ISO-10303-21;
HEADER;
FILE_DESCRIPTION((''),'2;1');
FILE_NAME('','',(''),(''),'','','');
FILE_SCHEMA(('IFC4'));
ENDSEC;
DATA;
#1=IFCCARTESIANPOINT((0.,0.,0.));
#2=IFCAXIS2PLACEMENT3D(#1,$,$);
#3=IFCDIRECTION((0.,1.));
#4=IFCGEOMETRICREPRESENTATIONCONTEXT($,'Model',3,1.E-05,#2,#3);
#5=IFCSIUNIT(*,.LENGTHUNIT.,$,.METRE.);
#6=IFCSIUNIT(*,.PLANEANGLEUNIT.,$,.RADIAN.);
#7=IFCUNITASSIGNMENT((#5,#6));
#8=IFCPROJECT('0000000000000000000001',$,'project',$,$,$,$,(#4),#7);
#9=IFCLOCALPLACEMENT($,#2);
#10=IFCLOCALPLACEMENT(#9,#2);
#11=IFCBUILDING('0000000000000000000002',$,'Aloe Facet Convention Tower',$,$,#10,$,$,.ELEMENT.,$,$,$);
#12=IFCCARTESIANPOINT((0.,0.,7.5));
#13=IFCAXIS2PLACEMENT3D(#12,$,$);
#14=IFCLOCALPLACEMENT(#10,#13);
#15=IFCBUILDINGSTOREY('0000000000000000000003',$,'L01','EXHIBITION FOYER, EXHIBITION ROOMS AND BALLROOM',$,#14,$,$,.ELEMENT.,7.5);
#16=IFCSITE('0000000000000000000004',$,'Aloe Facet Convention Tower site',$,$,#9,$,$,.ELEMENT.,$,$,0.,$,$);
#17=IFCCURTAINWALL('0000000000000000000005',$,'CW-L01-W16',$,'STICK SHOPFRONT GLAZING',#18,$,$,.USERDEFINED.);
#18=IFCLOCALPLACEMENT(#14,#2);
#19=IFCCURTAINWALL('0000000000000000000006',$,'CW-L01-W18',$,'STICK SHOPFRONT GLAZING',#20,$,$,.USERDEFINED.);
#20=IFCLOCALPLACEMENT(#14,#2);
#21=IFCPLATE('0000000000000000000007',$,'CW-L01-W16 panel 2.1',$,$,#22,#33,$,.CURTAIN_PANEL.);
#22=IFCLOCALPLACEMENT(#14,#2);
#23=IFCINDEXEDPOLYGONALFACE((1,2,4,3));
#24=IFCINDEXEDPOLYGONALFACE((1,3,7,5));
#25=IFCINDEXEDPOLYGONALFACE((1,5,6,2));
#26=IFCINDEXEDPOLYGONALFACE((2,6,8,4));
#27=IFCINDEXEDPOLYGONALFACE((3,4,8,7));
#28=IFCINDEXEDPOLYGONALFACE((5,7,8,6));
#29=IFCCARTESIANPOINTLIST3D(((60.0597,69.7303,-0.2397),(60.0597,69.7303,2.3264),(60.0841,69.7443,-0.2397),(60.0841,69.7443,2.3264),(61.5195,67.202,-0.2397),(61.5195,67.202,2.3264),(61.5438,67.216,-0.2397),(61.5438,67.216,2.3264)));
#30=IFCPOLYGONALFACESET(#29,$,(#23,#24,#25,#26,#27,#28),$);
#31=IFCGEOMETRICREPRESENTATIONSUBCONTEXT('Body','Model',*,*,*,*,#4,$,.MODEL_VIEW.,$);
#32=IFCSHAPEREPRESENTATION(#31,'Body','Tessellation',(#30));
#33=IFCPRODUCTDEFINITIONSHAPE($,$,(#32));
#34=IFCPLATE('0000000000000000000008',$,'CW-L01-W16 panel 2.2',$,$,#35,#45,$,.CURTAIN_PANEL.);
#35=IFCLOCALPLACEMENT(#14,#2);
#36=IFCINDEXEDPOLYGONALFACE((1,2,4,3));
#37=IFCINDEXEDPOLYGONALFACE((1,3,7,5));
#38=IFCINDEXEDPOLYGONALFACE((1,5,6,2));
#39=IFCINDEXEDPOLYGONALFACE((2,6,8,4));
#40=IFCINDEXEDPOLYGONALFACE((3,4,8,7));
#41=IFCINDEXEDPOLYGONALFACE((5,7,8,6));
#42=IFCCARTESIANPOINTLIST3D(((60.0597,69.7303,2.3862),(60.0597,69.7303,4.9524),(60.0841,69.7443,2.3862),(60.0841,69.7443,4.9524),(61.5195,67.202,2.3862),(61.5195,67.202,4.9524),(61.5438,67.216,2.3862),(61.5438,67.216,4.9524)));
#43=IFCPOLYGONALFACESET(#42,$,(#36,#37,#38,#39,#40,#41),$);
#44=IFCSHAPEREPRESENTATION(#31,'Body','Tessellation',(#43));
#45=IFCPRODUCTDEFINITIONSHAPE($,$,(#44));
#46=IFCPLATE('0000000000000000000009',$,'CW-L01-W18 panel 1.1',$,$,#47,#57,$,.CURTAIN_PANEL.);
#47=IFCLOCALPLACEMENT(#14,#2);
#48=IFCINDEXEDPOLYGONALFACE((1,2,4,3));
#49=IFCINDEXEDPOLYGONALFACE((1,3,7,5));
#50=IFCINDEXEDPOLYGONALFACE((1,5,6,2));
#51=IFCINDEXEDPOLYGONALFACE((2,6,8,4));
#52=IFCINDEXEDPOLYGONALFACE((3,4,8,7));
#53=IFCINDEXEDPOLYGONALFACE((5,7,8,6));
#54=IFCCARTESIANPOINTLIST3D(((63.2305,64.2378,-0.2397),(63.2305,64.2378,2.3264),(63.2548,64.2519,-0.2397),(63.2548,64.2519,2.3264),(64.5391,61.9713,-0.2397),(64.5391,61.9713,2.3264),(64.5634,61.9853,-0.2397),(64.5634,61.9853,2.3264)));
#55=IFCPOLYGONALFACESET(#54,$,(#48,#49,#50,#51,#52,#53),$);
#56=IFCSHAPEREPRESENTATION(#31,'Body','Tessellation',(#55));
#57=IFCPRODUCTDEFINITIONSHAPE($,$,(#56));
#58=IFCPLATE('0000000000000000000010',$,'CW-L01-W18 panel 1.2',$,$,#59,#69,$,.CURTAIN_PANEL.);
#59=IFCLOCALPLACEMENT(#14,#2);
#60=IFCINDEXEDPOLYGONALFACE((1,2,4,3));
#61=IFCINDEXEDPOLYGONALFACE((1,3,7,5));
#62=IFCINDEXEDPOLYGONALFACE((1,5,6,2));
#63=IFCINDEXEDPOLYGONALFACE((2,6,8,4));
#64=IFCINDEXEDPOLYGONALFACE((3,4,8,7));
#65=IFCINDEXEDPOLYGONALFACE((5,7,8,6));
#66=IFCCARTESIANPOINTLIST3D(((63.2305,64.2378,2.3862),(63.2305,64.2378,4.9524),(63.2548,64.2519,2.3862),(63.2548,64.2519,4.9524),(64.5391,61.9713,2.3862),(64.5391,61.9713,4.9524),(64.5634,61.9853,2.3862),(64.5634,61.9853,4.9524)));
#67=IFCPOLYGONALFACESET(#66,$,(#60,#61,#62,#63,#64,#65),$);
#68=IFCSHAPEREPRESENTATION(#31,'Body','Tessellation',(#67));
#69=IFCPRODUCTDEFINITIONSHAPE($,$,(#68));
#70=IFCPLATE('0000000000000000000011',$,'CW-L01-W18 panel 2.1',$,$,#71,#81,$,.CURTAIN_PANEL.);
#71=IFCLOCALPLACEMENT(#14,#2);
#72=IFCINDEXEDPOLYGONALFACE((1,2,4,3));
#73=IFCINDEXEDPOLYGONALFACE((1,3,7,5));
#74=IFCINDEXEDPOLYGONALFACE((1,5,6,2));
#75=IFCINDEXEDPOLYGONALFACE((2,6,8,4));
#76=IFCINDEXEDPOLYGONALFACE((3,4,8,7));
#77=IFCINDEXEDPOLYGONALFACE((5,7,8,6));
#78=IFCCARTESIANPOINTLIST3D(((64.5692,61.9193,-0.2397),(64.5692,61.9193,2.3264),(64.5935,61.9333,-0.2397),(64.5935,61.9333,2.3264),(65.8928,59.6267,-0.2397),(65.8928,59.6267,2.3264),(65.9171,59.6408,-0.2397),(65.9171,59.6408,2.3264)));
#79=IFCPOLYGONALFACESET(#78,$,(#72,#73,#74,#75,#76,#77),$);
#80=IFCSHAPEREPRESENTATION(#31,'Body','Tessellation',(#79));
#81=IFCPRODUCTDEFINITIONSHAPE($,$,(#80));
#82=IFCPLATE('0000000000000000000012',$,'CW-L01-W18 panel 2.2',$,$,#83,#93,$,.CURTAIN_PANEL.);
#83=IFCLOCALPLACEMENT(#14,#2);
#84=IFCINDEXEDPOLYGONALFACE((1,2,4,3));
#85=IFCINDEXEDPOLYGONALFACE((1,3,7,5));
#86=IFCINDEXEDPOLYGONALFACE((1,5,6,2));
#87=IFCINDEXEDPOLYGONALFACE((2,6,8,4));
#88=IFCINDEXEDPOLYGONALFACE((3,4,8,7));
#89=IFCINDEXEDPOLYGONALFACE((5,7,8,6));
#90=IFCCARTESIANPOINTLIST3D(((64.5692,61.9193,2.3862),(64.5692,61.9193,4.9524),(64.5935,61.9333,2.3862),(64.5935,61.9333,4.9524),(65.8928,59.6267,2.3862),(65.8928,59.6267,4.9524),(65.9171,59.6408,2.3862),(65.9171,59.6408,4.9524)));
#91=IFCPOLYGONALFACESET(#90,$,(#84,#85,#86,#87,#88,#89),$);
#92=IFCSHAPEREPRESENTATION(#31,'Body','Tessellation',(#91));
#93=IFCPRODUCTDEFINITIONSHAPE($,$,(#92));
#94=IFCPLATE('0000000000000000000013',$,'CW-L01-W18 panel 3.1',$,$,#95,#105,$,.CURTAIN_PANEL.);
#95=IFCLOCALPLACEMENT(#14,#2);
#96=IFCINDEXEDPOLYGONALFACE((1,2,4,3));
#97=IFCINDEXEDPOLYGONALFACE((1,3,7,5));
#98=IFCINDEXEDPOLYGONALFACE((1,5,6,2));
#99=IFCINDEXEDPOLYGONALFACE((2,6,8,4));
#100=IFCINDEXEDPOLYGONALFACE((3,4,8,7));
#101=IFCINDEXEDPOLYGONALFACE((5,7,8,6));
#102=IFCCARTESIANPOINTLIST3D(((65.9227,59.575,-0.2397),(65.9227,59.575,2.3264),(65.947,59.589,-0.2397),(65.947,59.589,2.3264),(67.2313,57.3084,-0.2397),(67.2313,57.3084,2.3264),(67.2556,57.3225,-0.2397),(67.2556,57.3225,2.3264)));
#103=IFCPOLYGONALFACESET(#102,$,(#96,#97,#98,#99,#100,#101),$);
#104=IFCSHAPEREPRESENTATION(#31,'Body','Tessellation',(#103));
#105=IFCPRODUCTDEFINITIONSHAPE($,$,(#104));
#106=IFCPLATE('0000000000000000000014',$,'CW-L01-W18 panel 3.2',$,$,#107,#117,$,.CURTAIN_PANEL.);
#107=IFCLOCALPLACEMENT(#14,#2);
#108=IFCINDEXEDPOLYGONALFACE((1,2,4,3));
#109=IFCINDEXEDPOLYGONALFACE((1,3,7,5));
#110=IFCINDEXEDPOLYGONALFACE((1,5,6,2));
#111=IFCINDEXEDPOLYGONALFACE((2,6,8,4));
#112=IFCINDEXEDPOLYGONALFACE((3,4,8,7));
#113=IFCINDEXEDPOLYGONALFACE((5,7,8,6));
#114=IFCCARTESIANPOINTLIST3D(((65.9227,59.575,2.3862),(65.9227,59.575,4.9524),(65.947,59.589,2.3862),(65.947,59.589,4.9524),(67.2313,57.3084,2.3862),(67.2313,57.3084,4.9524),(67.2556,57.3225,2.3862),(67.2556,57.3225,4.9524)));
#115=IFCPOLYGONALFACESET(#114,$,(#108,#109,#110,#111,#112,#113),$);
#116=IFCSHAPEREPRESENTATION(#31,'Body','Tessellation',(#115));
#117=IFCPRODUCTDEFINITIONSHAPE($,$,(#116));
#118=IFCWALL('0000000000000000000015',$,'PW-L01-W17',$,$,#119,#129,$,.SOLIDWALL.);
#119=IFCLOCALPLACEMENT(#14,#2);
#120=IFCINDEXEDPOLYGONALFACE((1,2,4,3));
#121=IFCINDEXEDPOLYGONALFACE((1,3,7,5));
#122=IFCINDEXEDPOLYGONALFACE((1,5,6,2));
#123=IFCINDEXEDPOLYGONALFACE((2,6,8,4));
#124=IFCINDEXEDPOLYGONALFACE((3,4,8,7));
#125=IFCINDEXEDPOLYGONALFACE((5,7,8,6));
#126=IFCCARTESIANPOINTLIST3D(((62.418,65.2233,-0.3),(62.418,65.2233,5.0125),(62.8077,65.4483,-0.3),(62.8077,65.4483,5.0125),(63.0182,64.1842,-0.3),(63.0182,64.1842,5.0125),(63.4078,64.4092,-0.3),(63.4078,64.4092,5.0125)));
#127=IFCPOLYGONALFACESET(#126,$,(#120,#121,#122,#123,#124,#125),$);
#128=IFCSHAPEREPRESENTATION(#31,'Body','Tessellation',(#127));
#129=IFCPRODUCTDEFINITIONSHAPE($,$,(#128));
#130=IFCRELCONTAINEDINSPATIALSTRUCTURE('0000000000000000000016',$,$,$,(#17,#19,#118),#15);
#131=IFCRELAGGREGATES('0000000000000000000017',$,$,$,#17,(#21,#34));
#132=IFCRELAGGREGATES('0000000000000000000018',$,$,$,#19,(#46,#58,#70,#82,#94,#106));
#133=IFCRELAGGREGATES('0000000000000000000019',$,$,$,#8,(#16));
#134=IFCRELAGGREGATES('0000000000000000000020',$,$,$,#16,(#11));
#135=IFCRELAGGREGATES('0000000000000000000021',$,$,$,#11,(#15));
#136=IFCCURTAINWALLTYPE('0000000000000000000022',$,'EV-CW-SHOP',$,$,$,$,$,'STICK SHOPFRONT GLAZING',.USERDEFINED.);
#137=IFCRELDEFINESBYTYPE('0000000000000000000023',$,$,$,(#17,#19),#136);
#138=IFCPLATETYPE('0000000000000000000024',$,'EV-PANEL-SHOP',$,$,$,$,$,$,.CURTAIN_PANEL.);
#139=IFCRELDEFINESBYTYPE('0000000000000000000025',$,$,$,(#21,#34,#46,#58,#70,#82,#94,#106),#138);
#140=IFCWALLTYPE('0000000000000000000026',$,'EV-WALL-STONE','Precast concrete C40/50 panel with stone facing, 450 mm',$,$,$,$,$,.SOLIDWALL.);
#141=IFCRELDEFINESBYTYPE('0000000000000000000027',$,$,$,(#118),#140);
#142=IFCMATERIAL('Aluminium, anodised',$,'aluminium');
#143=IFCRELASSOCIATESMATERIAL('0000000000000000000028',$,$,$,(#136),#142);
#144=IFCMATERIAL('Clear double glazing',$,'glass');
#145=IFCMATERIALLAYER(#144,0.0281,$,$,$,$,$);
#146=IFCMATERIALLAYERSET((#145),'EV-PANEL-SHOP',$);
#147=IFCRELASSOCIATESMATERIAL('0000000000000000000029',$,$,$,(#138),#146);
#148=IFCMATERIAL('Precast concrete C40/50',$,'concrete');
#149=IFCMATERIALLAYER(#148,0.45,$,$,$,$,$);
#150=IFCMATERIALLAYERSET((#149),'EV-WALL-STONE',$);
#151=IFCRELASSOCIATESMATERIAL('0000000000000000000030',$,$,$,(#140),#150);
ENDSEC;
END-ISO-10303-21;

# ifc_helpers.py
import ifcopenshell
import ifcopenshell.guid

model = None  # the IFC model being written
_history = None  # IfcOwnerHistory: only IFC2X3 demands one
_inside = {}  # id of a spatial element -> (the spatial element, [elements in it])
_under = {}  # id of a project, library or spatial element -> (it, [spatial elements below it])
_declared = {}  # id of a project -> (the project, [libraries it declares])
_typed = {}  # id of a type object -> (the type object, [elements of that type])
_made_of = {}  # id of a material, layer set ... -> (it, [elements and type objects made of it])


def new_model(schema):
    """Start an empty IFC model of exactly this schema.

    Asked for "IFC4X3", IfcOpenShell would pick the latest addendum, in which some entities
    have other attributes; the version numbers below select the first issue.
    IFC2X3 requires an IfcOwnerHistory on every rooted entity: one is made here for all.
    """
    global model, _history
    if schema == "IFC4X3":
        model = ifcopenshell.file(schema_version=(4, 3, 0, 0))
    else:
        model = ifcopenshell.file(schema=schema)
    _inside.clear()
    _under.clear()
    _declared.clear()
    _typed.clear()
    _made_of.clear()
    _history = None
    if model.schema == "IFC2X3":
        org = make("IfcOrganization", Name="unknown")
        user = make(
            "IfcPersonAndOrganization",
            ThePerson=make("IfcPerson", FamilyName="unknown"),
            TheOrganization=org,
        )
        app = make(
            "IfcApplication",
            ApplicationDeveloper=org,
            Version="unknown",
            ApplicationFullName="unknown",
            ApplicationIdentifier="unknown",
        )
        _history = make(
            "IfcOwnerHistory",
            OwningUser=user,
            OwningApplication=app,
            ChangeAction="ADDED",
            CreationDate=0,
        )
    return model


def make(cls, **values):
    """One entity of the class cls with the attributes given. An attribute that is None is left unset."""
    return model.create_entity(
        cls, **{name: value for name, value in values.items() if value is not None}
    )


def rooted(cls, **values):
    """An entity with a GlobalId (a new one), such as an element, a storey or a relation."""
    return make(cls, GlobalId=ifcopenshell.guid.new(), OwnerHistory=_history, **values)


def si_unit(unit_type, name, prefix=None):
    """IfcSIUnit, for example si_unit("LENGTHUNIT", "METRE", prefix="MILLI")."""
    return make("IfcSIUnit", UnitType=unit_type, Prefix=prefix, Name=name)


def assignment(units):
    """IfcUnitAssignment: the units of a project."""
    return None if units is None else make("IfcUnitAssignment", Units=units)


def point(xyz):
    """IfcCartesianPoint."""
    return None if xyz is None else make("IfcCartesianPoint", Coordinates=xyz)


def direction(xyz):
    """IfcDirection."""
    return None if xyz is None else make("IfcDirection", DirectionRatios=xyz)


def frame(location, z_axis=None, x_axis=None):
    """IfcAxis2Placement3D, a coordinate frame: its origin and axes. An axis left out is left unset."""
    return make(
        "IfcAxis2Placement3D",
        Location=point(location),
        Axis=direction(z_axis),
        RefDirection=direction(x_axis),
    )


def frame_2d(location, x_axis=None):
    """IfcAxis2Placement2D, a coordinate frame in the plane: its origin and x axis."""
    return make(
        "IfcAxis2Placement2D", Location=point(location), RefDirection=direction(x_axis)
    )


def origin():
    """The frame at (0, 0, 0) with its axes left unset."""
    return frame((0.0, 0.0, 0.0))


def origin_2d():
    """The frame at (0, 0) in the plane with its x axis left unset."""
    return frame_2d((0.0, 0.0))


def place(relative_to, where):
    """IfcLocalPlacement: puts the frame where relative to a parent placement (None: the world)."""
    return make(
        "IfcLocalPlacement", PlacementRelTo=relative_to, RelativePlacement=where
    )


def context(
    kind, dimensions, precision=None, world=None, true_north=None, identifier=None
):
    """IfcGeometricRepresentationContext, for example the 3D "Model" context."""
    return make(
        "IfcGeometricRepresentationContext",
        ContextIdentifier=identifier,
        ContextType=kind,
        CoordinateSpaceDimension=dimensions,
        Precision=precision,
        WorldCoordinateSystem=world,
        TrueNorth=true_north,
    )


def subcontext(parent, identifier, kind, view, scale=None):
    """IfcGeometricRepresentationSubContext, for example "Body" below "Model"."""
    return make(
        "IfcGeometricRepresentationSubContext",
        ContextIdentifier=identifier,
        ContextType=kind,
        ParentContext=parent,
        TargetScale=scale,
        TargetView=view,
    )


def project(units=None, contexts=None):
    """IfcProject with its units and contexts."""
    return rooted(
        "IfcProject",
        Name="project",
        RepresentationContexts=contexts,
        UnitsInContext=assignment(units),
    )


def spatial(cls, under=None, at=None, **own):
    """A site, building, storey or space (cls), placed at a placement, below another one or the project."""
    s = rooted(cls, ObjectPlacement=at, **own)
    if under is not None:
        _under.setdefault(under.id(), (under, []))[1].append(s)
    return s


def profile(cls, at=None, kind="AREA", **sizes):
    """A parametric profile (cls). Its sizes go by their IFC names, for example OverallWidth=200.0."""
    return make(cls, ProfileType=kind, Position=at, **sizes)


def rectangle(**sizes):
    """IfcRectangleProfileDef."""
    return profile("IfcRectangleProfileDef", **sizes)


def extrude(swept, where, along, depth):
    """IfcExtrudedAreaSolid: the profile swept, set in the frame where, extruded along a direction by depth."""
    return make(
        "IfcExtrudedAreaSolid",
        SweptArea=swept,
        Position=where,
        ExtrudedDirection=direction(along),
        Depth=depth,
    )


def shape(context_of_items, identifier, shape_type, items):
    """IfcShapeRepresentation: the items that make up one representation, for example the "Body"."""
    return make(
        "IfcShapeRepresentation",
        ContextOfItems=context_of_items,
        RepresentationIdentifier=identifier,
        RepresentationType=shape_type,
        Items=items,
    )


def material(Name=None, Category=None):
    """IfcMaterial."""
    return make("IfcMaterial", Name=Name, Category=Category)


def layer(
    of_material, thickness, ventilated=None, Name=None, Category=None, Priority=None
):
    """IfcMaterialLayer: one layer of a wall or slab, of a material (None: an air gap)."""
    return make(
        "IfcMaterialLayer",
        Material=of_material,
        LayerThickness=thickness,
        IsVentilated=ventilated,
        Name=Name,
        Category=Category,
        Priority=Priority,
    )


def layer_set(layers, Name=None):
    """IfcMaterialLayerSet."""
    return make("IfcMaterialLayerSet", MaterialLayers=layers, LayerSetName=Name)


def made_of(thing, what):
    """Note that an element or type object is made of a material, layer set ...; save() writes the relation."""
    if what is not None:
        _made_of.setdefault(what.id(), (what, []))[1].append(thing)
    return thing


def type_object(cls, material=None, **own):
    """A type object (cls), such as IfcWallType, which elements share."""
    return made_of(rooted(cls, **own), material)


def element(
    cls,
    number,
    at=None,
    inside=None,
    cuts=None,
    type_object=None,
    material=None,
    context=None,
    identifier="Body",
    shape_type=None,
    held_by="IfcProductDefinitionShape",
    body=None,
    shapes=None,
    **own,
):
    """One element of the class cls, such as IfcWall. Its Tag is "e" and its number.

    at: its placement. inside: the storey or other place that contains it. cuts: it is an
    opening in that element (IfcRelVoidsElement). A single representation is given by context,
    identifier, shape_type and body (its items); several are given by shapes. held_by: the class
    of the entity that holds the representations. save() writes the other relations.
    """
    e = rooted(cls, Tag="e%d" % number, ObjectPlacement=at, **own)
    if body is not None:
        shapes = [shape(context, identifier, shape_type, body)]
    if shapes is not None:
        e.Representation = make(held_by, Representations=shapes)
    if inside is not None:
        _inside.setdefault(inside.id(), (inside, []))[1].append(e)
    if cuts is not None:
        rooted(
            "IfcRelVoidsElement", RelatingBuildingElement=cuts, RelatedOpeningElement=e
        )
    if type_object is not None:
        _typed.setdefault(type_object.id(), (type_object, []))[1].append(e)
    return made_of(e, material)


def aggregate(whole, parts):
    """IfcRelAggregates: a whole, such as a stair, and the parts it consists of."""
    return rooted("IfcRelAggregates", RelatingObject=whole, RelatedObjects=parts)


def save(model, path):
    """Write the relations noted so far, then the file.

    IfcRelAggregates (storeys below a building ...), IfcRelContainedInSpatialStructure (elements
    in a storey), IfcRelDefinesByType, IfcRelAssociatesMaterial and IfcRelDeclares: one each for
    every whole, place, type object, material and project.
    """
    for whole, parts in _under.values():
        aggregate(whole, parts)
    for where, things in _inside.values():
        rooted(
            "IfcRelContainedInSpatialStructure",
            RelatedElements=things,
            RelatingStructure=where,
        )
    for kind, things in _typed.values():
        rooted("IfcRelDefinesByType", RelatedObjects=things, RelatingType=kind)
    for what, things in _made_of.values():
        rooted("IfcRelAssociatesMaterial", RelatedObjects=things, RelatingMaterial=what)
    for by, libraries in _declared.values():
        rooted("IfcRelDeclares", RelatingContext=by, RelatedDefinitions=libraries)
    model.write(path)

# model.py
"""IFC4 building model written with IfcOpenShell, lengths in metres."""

from ifc_helpers import new_model, si_unit, direction, frame, frame_2d, origin, origin_2d, place, context, subcontext, project, spatial, rectangle, extrude, material, layer, layer_set, type_object, element, aggregate, save


model = new_model("IFC4")

# Units and contexts
model_context = context("Model", 3, precision=1e-05, world=origin(), true_north=direction((0.0, 1.0)))
body_context = subcontext(model_context, "Body", "Model", "MODEL_VIEW")
ifc_project = project(units=[si_unit("LENGTHUNIT", "METRE"), si_unit("PLANEANGLEUNIT", "RADIAN")], contexts=[model_context])

# Site, building, storey
site_placement = place(None, origin())
site = spatial("IfcSite", under=ifc_project, at=site_placement, Name="Aloe Facet Convention Tower site", CompositionType="ELEMENT", RefElevation=0.0)
building_placement = place(site_placement, origin())
building = spatial("IfcBuilding", under=site, at=building_placement, Name="Aloe Facet Convention Tower", CompositionType="ELEMENT")
storey_placement = place(building_placement, frame((0.0, 0.0, 7.5)))
storey = spatial("IfcBuildingStorey", under=building, at=storey_placement, Name="L01", Description="EXHIBITION FOYER, EXHIBITION ROOMS AND BALLROOM", CompositionType="ELEMENT", Elevation=7.5)

# Curtain wall
ifc_material_1 = material(Name="Aluminium, anodised", Category="aluminium")
curtain_wall_type = type_object("IfcCurtainWallType", Name="EV-CW-SHOP", ElementType="STICK SHOPFRONT GLAZING", PredefinedType="USERDEFINED", material=ifc_material_1)
curtain_wall_1_placement = place(storey_placement, origin())
curtain_wall_1 = element("IfcCurtainWall", 1, at=curtain_wall_1_placement, inside=storey, type_object=curtain_wall_type, Name="CW-L01-W16", ObjectType="STICK SHOPFRONT GLAZING", PredefinedType="USERDEFINED")

# Curtain wall
curtain_wall_2_placement = place(storey_placement, origin())
curtain_wall_2 = element("IfcCurtainWall", 2, at=curtain_wall_2_placement, inside=storey, type_object=curtain_wall_type, Name="CW-L01-W18", ObjectType="STICK SHOPFRONT GLAZING", PredefinedType="USERDEFINED")

# Plates
ifc_material_2 = material(Name="Clear double glazing", Category="glass")
ifc_layer_1 = layer(ifc_material_2, 0.0281)
ifc_layer_set_1 = layer_set([ifc_layer_1], Name="EV-PANEL-SHOP")
plate_type = type_object("IfcPlateType", Name="EV-PANEL-SHOP", PredefinedType="CURTAIN_PANEL", material=ifc_layer_set_1)
plate_1_placement = place(storey_placement, frame((60.8018, 68.4731, -0.2397), z_axis=(0.0, 0.0, 1.0), x_axis=(0.5, -0.866025, 0.0)))
plate_1 = element("IfcPlate", 3, at=plate_1_placement, type_object=plate_type, Name="CW-L01-W16 panel 2.1", PredefinedType="CURTAIN_PANEL", context=body_context, shape_type="SweptSolid", body=[
    extrude(rectangle(XDim=2.9194, YDim=0.0281, at=origin_2d()), origin(), (0.0, 0.0, 1.0), 2.5662),
])
plate_2_placement = place(storey_placement, frame((60.8018, 68.4731, 2.3862), z_axis=(0.0, 0.0, 1.0), x_axis=(0.5, -0.866025, 0.0)))
plate_2 = element("IfcPlate", 4, at=plate_2_placement, type_object=plate_type, Name="CW-L01-W16 panel 2.2", PredefinedType="CURTAIN_PANEL", context=body_context, shape_type="SweptSolid", body=[
    extrude(rectangle(XDim=2.9194, YDim=0.0281, at=origin_2d()), origin(), (0.0, 0.0, 1.0), 2.5662),
])
aggregate(curtain_wall_1, [plate_1, plate_2])
plate_3_placement = place(storey_placement, frame((63.897, 63.1116, -0.2397), z_axis=(0.0, 0.0, 1.0), x_axis=(0.5, -0.866025, 0.0)))
plate_3 = element("IfcPlate", 5, at=plate_3_placement, type_object=plate_type, Name="CW-L01-W18 panel 1.1", PredefinedType="CURTAIN_PANEL", context=body_context, shape_type="SweptSolid", body=[
    extrude(rectangle(XDim=2.6172, YDim=0.0281, at=origin_2d()), origin(), (0.0, 0.0, 1.0), 2.5662),
])
plate_4_placement = place(storey_placement, frame((63.897, 63.1116, 2.3862), z_axis=(0.0, 0.0, 1.0), x_axis=(0.5, -0.866025, 0.0)))
plate_4 = element("IfcPlate", 6, at=plate_4_placement, type_object=plate_type, Name="CW-L01-W18 panel 1.2", PredefinedType="CURTAIN_PANEL", context=body_context, shape_type="SweptSolid", body=[
    extrude(rectangle(XDim=2.6172, YDim=0.0281, at=origin_2d()), origin(), (0.0, 0.0, 1.0), 2.5662),
])
plate_5_placement = place(storey_placement, frame((65.2432, 60.78, -0.2397), z_axis=(0.0, 0.0, 1.0), x_axis=(0.5, -0.866025, 0.0)))
plate_5 = element("IfcPlate", 7, at=plate_5_placement, type_object=plate_type, Name="CW-L01-W18 panel 2.1", PredefinedType="CURTAIN_PANEL", context=body_context, shape_type="SweptSolid", body=[
    extrude(rectangle(XDim=2.6472, YDim=0.0281, at=origin_2d()), origin(), (0.0, 0.0, 1.0), 2.5662),
])
plate_6_placement = place(storey_placement, frame((65.2432, 60.78, 2.3862), z_axis=(0.0, 0.0, 1.0), x_axis=(0.5, -0.866025, 0.0)))
plate_6 = element("IfcPlate", 8, at=plate_6_placement, type_object=plate_type, Name="CW-L01-W18 panel 2.2", PredefinedType="CURTAIN_PANEL", context=body_context, shape_type="SweptSolid", body=[
    extrude(rectangle(XDim=2.6472, YDim=0.0281, at=origin_2d()), origin(), (0.0, 0.0, 1.0), 2.5662),
])
plate_7_placement = place(storey_placement, frame((66.5891, 58.4487, -0.2397), z_axis=(0.0, 0.0, 1.0), x_axis=(0.5, -0.866025, 0.0)))
plate_7 = element("IfcPlate", 9, at=plate_7_placement, type_object=plate_type, Name="CW-L01-W18 panel 3.1", PredefinedType="CURTAIN_PANEL", context=body_context, shape_type="SweptSolid", body=[
    extrude(rectangle(XDim=2.6172, YDim=0.0281, at=origin_2d()), origin(), (0.0, 0.0, 1.0), 2.5662),
])
plate_8_placement = place(storey_placement, frame((66.5891, 58.4487, 2.3862), z_axis=(0.0, 0.0, 1.0), x_axis=(0.5, -0.866025, 0.0)))
plate_8 = element("IfcPlate", 10, at=plate_8_placement, type_object=plate_type, Name="CW-L01-W18 panel 3.2", PredefinedType="CURTAIN_PANEL", context=body_context, shape_type="SweptSolid", body=[
    extrude(rectangle(XDim=2.6172, YDim=0.0281, at=origin_2d()), origin(), (0.0, 0.0, 1.0), 2.5662),
])
aggregate(curtain_wall_2, [plate_3, plate_4, plate_5, plate_6, plate_7, plate_8])

# Wall
ifc_material_3 = material(Name="Precast concrete C40/50", Category="concrete")
ifc_layer_2 = layer(ifc_material_3, 0.45)
ifc_layer_set_2 = layer_set([ifc_layer_2], Name="EV-WALL-STONE")
wall_type = type_object("IfcWallType", Name="EV-WALL-STONE", Description="Precast concrete C40/50 panel with stone facing, 450 mm", PredefinedType="SOLIDWALL", material=ifc_layer_set_2)
wall_placement = place(storey_placement, frame((62.6128, 65.3359, -0.3), z_axis=(0.0, 0.0, 1.0), x_axis=(0.500122, -0.865955, 0.0)))
element("IfcWall", 11, at=wall_placement, inside=storey, type_object=wall_type, Name="PW-L01-W17", PredefinedType="SOLIDWALL", context=body_context, shape_type="SweptSolid", body=[
    extrude(rectangle(XDim=1.2, YDim=0.45, at=frame_2d((0.6001, 0.0))), origin(), (0.0, 0.0, 1.0), 5.3125),
])

save(model, "model.ifc")
